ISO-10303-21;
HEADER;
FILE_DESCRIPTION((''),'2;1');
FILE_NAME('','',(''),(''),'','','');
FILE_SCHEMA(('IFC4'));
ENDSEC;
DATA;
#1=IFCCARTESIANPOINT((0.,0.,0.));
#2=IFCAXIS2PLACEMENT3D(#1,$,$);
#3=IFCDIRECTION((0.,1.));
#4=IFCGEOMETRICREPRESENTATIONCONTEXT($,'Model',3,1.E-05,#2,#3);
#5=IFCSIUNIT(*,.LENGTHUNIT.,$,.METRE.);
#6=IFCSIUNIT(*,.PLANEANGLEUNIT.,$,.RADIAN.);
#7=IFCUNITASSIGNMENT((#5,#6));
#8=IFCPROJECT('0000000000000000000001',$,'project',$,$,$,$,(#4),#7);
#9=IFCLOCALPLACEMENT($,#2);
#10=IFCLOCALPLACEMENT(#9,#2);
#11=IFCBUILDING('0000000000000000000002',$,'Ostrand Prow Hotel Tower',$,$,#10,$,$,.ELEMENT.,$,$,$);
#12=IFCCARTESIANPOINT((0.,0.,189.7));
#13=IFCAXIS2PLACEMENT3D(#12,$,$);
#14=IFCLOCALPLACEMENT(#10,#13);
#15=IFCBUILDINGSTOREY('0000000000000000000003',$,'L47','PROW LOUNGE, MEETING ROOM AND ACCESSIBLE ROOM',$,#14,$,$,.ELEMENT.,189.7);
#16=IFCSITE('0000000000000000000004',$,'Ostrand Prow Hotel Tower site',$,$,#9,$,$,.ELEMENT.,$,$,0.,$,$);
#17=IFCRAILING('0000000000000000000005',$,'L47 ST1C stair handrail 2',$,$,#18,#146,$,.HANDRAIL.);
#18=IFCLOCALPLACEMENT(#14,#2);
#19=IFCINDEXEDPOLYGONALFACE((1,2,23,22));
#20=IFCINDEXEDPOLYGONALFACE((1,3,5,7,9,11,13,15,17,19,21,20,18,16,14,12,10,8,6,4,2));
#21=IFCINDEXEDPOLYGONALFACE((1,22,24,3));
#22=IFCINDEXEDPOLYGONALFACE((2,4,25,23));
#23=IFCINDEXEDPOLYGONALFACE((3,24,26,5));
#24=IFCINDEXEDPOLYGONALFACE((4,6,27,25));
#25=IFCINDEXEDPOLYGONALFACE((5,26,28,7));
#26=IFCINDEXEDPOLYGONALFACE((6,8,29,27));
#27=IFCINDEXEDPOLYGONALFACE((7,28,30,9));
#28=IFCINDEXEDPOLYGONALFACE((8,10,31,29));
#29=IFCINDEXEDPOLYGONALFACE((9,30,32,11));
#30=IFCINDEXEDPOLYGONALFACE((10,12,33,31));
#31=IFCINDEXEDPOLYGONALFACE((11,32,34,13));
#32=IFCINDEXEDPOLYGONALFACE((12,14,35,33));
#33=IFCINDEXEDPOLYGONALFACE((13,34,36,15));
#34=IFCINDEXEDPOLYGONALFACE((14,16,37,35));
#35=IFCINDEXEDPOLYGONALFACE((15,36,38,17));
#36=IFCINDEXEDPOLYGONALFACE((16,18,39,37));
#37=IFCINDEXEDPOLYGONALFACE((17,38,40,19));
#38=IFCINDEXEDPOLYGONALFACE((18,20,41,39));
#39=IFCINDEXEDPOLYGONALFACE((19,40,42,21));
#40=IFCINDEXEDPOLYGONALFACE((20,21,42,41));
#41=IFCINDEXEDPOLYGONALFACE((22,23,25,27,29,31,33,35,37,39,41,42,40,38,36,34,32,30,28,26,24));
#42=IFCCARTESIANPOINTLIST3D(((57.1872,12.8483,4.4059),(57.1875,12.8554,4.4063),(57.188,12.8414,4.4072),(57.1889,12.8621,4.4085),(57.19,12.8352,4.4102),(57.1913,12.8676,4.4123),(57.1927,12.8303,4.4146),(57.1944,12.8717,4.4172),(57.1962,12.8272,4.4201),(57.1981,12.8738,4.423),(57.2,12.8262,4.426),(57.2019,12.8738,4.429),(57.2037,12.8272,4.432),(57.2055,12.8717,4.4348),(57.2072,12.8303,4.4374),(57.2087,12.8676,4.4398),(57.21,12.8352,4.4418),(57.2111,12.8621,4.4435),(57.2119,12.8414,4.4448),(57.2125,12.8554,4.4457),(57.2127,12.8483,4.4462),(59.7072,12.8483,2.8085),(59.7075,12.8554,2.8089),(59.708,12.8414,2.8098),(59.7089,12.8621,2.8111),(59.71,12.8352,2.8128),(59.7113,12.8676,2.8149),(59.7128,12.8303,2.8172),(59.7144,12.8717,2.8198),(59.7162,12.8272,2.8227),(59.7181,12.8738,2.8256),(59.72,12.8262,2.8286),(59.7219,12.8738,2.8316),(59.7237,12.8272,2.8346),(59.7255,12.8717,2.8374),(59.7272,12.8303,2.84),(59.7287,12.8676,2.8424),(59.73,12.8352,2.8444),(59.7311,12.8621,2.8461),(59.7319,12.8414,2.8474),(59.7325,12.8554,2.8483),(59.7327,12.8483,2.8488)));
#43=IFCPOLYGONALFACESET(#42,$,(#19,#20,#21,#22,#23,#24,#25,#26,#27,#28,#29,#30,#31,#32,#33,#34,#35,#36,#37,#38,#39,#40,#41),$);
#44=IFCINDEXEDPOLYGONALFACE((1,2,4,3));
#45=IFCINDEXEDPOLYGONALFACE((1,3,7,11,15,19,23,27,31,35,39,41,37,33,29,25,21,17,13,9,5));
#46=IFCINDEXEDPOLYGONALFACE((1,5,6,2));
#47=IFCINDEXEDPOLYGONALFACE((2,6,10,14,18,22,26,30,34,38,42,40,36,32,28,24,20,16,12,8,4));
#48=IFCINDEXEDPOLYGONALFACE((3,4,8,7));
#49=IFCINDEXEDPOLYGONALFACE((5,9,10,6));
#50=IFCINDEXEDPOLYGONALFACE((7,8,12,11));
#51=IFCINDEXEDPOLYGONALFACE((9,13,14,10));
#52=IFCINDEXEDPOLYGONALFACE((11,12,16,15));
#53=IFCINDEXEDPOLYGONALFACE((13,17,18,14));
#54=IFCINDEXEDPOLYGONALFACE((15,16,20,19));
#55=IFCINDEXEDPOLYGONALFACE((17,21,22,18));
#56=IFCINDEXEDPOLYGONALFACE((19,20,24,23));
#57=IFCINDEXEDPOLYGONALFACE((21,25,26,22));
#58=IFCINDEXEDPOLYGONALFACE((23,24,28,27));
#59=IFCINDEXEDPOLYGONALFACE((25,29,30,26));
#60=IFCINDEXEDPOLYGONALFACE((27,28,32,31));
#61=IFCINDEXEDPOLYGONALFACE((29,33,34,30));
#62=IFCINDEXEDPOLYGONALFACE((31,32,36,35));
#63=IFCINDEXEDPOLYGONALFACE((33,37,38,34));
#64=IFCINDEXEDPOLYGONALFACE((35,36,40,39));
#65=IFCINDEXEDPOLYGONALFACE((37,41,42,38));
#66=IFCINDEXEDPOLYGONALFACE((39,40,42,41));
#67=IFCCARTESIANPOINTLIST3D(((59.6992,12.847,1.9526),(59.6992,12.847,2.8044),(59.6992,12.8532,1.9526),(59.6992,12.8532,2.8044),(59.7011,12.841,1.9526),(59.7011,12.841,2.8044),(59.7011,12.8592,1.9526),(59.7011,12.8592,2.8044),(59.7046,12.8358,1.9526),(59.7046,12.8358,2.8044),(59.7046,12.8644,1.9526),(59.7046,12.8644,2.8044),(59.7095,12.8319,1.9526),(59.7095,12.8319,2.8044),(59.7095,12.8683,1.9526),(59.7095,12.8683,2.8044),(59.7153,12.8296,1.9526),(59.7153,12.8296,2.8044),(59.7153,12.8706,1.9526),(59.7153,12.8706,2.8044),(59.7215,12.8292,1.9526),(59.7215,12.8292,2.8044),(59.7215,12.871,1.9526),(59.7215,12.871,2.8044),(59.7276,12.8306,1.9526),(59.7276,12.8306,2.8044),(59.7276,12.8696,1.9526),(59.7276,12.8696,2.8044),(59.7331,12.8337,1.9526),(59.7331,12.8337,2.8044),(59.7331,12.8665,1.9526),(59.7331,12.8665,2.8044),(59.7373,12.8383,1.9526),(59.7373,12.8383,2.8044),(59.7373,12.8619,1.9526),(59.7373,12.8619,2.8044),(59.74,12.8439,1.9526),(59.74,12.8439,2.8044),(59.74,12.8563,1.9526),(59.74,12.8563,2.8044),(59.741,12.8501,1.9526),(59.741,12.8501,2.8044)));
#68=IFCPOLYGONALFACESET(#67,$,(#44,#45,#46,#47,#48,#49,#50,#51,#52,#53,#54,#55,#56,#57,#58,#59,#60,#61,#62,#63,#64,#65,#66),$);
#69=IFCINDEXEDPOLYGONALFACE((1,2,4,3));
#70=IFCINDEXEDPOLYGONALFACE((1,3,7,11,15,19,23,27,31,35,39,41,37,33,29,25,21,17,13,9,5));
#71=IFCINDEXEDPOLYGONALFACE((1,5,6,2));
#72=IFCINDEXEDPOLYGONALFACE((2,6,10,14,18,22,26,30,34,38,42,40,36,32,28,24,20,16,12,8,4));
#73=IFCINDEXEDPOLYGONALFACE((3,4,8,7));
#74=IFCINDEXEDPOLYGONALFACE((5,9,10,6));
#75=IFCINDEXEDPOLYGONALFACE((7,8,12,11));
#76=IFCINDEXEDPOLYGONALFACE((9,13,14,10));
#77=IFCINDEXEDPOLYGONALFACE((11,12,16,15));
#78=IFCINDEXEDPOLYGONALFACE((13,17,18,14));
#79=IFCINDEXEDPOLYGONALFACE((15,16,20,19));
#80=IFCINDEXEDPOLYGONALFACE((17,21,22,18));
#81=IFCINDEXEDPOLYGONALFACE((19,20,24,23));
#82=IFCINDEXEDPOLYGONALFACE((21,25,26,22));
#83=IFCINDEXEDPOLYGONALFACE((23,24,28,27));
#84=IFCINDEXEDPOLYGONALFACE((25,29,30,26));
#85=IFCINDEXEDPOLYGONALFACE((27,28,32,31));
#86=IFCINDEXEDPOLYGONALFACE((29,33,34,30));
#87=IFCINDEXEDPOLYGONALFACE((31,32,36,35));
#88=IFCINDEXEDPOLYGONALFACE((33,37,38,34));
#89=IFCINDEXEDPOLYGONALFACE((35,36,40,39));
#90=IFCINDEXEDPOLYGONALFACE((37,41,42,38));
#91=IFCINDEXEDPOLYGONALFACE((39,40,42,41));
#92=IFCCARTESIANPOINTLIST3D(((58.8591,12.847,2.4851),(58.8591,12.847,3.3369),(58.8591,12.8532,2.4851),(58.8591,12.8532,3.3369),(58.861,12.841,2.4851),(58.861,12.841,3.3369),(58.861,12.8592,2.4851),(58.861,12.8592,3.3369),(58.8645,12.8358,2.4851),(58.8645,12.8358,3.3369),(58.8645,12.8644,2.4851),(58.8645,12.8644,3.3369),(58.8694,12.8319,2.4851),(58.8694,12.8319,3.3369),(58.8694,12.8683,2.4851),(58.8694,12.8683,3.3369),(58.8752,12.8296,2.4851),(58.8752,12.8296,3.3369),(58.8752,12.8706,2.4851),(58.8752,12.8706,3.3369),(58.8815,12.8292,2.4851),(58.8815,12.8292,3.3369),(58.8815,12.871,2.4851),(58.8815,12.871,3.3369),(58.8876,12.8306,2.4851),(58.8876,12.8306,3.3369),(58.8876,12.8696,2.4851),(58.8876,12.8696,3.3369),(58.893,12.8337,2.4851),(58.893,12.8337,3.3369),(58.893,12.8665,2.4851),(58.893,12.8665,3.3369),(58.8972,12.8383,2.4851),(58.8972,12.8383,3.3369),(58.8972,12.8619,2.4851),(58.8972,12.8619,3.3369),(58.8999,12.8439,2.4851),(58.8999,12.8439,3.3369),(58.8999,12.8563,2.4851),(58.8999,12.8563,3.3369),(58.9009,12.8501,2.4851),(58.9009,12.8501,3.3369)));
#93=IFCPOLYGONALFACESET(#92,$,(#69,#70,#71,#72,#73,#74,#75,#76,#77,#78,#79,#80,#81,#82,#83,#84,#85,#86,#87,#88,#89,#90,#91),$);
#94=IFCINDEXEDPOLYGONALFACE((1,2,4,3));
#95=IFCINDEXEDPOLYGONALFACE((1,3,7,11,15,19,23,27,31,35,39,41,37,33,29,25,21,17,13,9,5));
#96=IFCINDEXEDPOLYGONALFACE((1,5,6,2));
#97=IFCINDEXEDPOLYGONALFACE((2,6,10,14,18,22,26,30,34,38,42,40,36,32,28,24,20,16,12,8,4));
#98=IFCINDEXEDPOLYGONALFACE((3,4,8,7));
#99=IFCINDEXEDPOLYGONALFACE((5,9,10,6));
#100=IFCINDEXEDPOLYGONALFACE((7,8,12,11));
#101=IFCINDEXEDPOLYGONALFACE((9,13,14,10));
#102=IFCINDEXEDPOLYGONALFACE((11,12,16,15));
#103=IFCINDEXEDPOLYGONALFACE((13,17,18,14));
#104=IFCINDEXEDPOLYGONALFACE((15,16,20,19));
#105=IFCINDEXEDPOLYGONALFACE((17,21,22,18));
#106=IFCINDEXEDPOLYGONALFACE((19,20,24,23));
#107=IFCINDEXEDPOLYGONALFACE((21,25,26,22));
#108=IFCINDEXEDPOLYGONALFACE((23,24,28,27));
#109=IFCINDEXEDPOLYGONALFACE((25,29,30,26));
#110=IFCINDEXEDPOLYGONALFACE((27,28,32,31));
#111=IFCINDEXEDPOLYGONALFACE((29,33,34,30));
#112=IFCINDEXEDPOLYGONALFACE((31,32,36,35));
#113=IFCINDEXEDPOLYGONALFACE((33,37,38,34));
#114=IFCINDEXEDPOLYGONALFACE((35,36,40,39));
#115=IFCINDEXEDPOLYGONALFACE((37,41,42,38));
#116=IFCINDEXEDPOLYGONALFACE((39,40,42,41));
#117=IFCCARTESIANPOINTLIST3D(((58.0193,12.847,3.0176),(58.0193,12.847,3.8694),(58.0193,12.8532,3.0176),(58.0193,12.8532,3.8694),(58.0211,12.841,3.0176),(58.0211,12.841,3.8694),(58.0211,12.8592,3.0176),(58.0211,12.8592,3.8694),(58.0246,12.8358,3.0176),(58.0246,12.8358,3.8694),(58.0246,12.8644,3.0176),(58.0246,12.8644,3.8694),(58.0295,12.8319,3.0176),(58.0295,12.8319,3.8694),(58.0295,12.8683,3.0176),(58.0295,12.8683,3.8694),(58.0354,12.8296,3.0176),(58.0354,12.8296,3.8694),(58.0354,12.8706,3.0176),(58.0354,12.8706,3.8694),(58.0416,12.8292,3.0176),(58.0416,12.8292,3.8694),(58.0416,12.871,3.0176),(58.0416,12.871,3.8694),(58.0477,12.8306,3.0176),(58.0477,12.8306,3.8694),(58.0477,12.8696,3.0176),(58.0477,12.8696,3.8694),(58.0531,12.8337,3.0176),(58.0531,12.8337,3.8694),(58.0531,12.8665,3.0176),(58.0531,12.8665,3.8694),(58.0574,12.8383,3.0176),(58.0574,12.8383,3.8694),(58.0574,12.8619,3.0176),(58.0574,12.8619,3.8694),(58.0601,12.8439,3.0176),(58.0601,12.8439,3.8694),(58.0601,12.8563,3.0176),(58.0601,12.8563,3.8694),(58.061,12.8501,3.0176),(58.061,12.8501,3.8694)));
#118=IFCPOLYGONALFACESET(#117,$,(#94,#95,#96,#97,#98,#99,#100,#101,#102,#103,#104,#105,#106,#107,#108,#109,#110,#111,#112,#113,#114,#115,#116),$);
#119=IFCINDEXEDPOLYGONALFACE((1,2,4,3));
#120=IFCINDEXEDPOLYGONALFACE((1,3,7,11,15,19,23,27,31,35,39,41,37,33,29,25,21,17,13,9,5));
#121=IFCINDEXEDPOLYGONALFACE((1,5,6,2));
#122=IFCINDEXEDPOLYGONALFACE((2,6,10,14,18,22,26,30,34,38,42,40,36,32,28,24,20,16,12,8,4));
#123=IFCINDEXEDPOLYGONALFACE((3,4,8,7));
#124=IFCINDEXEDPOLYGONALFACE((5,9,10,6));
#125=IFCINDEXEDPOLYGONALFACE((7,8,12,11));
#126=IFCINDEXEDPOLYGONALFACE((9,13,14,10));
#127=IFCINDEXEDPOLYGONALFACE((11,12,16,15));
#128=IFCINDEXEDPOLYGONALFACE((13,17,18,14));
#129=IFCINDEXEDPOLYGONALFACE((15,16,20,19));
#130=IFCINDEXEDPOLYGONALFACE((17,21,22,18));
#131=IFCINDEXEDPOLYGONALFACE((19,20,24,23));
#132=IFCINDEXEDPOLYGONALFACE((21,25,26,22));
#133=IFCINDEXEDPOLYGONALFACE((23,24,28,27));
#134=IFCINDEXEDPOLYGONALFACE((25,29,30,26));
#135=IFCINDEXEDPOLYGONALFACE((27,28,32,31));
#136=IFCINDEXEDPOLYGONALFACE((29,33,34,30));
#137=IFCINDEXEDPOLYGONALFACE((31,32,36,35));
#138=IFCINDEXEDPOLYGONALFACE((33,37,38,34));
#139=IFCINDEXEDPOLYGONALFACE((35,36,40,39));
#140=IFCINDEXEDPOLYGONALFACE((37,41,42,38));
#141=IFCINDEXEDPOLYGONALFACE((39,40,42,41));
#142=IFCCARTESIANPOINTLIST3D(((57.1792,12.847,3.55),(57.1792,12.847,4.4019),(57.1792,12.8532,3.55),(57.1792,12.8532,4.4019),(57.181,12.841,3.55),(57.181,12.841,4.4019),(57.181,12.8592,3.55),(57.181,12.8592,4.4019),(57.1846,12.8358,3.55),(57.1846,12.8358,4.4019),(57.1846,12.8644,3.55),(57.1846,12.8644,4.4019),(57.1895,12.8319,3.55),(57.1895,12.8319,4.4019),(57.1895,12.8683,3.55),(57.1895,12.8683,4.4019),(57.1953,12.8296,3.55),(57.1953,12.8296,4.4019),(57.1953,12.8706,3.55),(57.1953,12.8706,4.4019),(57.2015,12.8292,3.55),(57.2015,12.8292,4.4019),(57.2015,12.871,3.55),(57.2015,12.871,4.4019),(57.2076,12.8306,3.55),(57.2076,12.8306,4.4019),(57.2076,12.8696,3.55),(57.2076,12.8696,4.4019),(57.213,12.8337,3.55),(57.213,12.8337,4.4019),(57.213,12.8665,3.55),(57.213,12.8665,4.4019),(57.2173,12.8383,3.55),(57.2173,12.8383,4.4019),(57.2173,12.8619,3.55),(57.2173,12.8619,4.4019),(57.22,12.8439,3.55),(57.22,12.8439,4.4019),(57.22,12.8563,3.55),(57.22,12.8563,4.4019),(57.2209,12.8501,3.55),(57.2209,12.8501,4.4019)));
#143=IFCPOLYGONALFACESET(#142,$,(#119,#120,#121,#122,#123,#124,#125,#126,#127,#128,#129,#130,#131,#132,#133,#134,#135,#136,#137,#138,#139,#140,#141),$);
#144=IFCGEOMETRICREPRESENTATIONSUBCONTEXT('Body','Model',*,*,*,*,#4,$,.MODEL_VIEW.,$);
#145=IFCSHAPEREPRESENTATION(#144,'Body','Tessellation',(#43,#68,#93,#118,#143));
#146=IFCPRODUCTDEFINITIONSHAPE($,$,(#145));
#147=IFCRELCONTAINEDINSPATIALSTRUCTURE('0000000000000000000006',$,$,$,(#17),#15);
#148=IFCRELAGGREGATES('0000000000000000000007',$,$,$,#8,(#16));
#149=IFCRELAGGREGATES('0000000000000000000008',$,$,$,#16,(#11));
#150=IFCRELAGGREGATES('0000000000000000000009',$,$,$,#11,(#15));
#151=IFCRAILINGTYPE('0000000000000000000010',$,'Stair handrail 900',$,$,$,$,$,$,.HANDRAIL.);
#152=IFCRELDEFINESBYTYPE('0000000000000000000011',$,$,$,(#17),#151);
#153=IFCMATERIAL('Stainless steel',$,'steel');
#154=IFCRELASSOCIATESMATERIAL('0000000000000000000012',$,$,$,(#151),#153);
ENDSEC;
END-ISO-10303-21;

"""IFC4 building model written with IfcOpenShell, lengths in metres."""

from ifc_helpers import new_model, si_unit, direction, frame, origin, origin_2d, place, context, subcontext, project, spatial, circle, extrude, material, type_object, element, save


model = new_model("IFC4")

# Units and contexts
model_context = context("Model", 3, precision=1e-05, world=origin(), true_north=direction((0.0, 1.0)))
body_context = subcontext(model_context, "Body", "Model", "MODEL_VIEW")
ifc_project = project(units=[si_unit("LENGTHUNIT", "METRE"), si_unit("PLANEANGLEUNIT", "RADIAN")], contexts=[model_context])

# Site, building, storey
site_placement = place(None, origin())
site = spatial("IfcSite", under=ifc_project, at=site_placement, Name="Ostrand Prow Hotel Tower site", CompositionType="ELEMENT", RefElevation=0.0)
building_placement = place(site_placement, origin())
building = spatial("IfcBuilding", under=site, at=building_placement, Name="Ostrand Prow Hotel Tower", CompositionType="ELEMENT")
storey_placement = place(building_placement, frame((0.0, 0.0, 189.7)))
storey = spatial("IfcBuildingStorey", under=building, at=storey_placement, Name="L47", Description="PROW LOUNGE, MEETING ROOM AND ACCESSIBLE ROOM", CompositionType="ELEMENT", Elevation=189.7)

# Railing
ifc_material_1 = material(Name="Stainless steel", Category="steel")
railing_type_1 = type_object("IfcRailingType", Name="Stair handrail 900", PredefinedType="HANDRAIL", material=ifc_material_1)
railing_1_placement = place(storey_placement, frame((59.72, 12.8501, 1.9526)))
element("IfcRailing", 1, at=railing_1_placement, inside=storey, type_object=railing_type_1, Name="L47 ST1C stair handrail 2", PredefinedType="HANDRAIL", context=body_context, shape_type="SweptSolid", body=[
    extrude(circle(Radius=0.0239, at=origin_2d()), frame((0.0, 0.0, 0.876), z_axis=(-0.844607, 0.0, 0.535387), x_axis=(0.0, -1.0, 0.0)), (0.0, 0.0, 1.0), 2.9836),
    extrude(circle(Radius=0.021, at=origin_2d()), origin(), (0.0, 0.0, 1.0), 0.8518),
    extrude(circle(Radius=0.021, at=origin_2d()), frame((-0.8401, 0.0, 0.5325)), (0.0, 0.0, 1.0), 0.8518),
    extrude(circle(Radius=0.021, at=origin_2d()), frame((-1.6799, 0.0, 1.0649)), (0.0, 0.0, 1.0), 0.8518),
    extrude(circle(Radius=0.021, at=origin_2d()), frame((-2.52, 0.0, 1.5974)), (0.0, 0.0, 1.0), 0.8518),
])

save(model, "model.ifc")
